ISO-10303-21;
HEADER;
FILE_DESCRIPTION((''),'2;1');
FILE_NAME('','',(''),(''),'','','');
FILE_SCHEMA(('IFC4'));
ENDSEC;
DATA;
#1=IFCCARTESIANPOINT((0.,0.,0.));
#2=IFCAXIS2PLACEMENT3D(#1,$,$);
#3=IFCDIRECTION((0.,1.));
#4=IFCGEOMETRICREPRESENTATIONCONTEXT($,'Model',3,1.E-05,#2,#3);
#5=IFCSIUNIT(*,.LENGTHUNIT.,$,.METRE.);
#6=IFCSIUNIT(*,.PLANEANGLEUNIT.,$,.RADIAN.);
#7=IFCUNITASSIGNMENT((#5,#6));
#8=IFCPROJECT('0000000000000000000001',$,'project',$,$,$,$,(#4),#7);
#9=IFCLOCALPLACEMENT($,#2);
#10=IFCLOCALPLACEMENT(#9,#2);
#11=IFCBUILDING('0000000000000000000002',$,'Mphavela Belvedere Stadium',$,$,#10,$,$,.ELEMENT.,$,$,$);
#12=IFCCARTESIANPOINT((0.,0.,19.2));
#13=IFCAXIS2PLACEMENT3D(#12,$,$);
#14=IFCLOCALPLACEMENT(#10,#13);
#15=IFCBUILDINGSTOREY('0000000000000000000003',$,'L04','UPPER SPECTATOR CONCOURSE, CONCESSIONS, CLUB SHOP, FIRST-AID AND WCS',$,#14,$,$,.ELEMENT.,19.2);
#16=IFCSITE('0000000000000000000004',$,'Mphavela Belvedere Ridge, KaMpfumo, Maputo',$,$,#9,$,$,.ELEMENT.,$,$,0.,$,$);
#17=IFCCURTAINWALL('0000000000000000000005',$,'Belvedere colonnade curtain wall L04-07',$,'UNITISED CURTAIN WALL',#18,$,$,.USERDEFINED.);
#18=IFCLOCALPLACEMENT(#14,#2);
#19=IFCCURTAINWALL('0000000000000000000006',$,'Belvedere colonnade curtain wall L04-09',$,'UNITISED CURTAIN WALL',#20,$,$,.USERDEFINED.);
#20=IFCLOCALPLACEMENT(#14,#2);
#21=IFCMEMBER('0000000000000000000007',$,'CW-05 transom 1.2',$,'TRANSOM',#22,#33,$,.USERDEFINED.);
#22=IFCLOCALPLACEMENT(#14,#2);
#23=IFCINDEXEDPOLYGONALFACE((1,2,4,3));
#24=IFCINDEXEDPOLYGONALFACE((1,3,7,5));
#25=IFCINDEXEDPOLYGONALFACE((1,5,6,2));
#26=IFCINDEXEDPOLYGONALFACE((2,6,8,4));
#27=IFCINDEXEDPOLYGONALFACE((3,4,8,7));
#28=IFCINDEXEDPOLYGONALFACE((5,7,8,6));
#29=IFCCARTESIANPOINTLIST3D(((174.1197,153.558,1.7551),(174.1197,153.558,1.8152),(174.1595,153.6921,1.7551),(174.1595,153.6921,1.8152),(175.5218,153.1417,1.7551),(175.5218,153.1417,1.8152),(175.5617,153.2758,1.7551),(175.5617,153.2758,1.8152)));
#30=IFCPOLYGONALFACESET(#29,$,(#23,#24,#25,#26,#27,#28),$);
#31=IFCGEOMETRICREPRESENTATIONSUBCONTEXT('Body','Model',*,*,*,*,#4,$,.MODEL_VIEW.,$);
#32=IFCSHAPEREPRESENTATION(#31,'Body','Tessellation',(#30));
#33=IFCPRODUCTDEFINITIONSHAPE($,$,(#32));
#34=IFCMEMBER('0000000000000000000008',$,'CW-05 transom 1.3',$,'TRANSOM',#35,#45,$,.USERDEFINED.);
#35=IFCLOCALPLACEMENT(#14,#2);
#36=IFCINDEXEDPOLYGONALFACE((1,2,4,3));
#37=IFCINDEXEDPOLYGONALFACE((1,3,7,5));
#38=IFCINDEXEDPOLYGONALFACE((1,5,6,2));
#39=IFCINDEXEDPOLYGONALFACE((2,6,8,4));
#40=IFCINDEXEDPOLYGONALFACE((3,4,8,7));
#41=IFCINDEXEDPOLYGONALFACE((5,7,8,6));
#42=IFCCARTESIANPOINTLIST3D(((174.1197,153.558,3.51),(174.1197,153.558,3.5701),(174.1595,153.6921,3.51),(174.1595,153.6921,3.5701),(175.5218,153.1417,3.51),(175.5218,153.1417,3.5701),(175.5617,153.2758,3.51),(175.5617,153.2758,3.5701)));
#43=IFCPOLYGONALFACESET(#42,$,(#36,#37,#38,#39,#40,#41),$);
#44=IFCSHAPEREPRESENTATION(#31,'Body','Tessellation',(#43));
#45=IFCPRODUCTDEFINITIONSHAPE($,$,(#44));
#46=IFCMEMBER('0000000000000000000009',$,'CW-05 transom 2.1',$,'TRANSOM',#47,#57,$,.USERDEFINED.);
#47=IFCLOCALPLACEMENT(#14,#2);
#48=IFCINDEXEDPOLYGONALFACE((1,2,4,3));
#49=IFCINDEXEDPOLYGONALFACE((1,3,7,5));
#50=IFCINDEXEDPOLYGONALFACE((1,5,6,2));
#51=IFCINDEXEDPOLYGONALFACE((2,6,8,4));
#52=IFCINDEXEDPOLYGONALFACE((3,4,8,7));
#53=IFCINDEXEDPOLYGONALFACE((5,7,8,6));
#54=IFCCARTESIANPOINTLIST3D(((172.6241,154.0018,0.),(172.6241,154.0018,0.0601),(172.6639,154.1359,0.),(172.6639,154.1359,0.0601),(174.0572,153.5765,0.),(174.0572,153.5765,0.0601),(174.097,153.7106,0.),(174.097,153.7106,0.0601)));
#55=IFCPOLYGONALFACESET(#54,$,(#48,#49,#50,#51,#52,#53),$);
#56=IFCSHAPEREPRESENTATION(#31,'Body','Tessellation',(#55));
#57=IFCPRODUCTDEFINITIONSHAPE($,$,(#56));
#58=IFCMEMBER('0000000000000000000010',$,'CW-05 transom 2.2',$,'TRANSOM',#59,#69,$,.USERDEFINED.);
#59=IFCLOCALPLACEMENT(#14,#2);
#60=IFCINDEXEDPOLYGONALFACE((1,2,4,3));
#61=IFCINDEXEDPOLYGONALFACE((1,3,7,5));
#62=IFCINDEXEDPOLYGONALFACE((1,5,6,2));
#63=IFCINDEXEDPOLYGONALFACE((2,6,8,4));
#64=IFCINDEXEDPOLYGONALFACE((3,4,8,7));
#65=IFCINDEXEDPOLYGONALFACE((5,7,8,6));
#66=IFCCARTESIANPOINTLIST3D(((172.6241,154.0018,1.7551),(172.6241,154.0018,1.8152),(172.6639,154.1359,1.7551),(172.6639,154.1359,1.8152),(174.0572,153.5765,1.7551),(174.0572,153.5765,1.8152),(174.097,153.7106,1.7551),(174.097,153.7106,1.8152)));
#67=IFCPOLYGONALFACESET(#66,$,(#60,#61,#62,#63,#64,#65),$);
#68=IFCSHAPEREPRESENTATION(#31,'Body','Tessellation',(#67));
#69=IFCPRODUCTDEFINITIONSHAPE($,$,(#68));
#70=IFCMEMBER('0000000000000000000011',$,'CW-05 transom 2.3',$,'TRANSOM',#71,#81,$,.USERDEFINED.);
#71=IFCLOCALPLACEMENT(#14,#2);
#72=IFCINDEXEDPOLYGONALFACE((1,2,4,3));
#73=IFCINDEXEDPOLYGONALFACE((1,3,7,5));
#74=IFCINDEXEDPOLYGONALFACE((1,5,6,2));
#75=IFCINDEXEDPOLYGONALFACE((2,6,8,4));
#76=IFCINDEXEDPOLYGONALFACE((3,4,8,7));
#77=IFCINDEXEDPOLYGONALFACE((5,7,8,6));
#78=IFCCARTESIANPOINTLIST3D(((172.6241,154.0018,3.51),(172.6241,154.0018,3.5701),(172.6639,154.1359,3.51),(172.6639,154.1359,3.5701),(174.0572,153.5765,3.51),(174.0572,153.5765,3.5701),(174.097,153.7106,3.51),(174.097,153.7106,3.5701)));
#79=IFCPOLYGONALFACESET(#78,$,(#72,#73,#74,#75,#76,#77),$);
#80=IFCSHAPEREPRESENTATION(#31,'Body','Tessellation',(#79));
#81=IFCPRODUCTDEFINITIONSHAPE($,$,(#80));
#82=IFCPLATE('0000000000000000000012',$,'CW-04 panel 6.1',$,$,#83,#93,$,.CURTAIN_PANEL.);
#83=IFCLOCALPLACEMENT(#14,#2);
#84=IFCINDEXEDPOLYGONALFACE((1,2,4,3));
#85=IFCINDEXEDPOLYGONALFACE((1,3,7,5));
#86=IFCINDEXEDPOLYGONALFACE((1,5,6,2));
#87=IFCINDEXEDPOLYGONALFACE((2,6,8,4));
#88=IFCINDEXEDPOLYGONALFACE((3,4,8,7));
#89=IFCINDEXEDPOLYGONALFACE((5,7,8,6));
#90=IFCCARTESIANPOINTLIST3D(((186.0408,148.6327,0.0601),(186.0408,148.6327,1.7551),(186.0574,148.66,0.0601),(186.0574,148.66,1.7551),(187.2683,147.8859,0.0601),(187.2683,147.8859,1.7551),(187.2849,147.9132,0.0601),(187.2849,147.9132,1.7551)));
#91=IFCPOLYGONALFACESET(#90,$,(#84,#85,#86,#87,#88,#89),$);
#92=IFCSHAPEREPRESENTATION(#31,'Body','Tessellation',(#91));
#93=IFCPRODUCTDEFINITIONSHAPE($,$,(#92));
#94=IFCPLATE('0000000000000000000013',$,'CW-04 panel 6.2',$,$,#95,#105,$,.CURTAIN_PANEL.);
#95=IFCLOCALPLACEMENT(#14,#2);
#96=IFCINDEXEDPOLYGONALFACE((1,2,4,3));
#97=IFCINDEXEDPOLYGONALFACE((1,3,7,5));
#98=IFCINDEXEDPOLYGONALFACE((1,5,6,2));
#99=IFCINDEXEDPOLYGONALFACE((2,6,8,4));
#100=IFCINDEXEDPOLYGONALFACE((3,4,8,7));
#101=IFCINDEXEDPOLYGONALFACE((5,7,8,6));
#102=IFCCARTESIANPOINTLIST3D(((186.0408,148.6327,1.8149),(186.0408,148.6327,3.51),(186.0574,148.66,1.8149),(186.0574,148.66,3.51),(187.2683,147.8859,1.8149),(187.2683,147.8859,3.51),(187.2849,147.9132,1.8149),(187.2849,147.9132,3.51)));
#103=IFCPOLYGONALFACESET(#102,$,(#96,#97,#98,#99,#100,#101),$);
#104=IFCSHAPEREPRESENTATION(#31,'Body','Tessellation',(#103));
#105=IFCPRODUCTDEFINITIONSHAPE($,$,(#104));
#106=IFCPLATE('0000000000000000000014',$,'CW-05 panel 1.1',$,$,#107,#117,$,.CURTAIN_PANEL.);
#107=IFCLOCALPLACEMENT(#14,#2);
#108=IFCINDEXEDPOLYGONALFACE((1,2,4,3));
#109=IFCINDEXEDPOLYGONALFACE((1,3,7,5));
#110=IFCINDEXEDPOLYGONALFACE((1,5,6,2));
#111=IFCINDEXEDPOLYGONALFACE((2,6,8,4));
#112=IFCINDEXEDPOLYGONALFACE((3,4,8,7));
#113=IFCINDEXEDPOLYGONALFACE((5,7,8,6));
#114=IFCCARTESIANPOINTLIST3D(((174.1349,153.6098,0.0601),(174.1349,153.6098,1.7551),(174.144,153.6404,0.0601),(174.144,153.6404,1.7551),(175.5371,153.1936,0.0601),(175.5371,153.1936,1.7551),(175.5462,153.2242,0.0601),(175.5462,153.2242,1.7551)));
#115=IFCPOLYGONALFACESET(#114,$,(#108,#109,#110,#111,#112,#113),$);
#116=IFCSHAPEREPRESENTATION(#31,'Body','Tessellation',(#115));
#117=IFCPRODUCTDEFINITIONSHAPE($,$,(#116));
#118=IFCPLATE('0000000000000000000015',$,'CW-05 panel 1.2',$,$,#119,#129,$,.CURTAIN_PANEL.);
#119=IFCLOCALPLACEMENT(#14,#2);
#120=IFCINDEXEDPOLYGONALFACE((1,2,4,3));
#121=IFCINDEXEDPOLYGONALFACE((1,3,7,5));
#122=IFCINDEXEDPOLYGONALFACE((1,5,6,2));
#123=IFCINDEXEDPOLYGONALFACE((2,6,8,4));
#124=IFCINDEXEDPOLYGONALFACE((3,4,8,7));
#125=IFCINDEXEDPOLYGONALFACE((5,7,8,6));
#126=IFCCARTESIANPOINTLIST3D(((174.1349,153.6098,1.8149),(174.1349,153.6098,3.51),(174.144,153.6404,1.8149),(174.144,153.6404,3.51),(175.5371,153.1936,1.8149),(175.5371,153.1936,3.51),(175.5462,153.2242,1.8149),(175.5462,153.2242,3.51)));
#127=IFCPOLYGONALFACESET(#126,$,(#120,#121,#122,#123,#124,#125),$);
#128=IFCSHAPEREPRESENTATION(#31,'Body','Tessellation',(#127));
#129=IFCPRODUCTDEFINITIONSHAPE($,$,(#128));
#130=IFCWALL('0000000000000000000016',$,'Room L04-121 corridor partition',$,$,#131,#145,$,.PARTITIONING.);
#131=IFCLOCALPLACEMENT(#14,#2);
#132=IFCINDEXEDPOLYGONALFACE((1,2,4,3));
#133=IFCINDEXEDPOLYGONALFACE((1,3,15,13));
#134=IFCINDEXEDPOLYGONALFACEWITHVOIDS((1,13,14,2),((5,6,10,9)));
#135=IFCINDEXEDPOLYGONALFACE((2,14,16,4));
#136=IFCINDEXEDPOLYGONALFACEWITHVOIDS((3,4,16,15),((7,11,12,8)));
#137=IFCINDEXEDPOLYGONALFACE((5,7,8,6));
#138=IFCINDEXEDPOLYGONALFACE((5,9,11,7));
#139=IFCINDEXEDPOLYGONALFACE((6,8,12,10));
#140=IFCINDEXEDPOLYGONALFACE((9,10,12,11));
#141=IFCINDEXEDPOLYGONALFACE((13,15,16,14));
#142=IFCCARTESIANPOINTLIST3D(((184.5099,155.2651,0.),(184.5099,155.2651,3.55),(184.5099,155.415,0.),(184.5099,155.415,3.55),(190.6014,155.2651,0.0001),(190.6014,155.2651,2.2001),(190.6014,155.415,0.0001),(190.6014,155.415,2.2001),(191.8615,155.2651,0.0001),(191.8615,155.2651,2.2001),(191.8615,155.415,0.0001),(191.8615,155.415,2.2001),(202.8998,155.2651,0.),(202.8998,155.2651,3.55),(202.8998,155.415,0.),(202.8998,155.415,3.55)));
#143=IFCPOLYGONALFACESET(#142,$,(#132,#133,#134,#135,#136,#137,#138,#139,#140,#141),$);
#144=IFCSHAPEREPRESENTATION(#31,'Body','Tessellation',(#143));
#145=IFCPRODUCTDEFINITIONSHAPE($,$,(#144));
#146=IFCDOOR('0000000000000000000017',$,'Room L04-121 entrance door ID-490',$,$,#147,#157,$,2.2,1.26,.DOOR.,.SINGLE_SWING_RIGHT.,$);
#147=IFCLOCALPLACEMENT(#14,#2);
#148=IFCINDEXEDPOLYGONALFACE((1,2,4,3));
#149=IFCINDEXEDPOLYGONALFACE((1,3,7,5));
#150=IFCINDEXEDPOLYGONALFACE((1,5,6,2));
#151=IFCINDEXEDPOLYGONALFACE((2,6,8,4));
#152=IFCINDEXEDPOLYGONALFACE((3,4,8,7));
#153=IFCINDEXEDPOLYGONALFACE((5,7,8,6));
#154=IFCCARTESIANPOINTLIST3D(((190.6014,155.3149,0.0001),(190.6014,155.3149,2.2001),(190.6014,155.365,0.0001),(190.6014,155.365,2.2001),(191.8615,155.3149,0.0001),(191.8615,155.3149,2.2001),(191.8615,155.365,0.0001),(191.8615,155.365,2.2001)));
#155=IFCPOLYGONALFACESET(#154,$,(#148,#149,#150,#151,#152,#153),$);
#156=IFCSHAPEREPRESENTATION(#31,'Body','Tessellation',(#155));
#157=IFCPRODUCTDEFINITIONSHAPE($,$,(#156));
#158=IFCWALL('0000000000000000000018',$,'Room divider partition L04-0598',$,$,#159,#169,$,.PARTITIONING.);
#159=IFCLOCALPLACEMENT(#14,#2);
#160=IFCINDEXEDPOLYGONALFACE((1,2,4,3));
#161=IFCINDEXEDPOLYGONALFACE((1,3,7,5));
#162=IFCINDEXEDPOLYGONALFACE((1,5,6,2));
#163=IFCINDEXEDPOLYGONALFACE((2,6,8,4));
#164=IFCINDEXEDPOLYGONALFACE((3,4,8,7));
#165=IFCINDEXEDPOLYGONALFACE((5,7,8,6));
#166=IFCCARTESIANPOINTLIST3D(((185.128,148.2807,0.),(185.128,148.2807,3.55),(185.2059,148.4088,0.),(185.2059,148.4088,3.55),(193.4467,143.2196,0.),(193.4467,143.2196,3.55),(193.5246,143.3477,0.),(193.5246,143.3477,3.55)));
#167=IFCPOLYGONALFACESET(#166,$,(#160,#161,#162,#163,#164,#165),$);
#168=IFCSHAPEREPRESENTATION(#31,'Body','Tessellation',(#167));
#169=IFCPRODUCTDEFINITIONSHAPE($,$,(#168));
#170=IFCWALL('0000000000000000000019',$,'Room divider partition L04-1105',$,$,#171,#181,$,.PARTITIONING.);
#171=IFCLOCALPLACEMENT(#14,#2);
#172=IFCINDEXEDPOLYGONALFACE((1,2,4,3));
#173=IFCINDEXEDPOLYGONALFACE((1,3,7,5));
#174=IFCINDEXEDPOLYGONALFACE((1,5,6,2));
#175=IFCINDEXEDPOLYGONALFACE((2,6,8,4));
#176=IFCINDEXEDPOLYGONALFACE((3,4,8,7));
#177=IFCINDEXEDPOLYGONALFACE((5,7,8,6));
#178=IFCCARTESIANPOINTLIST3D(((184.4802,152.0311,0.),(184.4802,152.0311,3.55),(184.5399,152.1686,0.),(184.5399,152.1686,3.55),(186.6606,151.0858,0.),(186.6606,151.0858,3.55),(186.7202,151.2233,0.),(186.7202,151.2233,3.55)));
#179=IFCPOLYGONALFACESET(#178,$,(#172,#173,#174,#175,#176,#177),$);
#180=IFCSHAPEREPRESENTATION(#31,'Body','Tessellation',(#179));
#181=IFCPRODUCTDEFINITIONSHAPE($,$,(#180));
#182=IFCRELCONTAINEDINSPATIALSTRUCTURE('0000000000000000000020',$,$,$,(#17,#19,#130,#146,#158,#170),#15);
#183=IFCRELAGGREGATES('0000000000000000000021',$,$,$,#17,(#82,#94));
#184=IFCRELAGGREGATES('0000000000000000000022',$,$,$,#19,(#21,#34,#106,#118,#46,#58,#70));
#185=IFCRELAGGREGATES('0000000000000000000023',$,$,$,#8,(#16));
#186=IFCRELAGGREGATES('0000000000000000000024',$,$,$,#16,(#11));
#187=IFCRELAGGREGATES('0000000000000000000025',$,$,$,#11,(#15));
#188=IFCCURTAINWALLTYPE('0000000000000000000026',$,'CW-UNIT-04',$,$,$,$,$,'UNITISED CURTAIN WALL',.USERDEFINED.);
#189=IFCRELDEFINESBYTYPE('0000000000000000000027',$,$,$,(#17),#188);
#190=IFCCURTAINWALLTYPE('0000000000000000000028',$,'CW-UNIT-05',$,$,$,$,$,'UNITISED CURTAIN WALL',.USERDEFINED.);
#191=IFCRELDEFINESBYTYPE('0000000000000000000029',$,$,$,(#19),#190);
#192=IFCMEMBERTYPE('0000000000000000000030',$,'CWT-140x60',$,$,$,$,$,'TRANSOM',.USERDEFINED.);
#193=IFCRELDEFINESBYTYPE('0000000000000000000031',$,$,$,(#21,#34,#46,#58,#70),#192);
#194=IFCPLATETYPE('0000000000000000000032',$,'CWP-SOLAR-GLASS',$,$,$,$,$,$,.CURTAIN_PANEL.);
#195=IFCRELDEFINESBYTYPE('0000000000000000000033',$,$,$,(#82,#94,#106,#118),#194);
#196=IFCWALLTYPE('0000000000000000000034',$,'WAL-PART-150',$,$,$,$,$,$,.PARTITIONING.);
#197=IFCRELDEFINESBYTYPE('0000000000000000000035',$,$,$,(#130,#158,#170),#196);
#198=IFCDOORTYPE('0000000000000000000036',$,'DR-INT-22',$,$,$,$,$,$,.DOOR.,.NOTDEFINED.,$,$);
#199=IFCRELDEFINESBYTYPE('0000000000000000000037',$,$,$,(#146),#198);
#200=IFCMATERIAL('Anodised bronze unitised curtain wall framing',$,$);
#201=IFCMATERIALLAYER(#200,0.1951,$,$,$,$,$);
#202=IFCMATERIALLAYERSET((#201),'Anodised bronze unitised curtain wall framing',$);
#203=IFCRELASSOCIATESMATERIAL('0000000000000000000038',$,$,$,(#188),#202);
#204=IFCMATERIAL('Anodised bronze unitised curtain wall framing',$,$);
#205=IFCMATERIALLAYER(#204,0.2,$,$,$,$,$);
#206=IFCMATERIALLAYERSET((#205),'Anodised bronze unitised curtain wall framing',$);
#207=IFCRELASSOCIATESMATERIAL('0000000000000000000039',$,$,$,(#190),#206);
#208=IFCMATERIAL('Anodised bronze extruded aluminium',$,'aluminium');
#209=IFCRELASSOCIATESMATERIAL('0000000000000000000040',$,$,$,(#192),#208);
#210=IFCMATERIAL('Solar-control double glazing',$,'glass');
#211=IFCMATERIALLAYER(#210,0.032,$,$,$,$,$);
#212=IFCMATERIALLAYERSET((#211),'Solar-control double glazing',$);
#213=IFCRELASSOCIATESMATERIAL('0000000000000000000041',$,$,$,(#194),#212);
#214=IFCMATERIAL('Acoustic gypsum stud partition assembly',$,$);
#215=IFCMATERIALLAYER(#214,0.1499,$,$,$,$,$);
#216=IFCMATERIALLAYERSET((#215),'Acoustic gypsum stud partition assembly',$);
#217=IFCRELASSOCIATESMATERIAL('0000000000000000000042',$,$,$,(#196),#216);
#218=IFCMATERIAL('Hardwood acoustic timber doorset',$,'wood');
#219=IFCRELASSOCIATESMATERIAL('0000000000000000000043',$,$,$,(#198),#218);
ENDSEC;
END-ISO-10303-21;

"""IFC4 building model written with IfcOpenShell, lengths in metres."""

from ifc_helpers import new_model, si_unit, direction, frame, frame_2d, origin, origin_2d, place, context, subcontext, project, spatial, rectangle, extrude, material, layer, layer_set, material_profile, profile_set, type_object, element, fill, aggregate, save


model = new_model("IFC4")

# Units and contexts
model_context = context("Model", 3, precision=1e-05, world=origin(), true_north=direction((0.0, 1.0)))
body_context = subcontext(model_context, "Body", "Model", "MODEL_VIEW")
ifc_project = project(units=[si_unit("LENGTHUNIT", "METRE"), si_unit("PLANEANGLEUNIT", "RADIAN")], contexts=[model_context])

# Site, building, storey
site_placement = place(None, origin())
site = spatial("IfcSite", under=ifc_project, at=site_placement, Name="Mphavela Belvedere Ridge, KaMpfumo, Maputo", CompositionType="ELEMENT", RefElevation=0.0)
building_placement = place(site_placement, origin())
building = spatial("IfcBuilding", under=site, at=building_placement, Name="Mphavela Belvedere Stadium", CompositionType="ELEMENT")
storey_placement = place(building_placement, frame((0.0, 0.0, 19.2)))
storey = spatial("IfcBuildingStorey", under=building, at=storey_placement, Name="L04", Description="UPPER SPECTATOR CONCOURSE, CONCESSIONS, CLUB SHOP, FIRST-AID AND WCS", CompositionType="ELEMENT", Elevation=19.2)

# Curtain walls
ifc_material_1 = material(Name="Anodised bronze unitised curtain wall framing")
ifc_layer_1 = layer(ifc_material_1, 0.1951)
ifc_layer_set_1 = layer_set([ifc_layer_1], Name="Anodised bronze unitised curtain wall framing")
curtain_wall_type_1 = type_object("IfcCurtainWallType", Name="CW-UNIT-04", ElementType="UNITISED CURTAIN WALL", PredefinedType="USERDEFINED", material=ifc_layer_set_1)
curtain_wall_1_placement = place(storey_placement, origin())
curtain_wall_1 = element("IfcCurtainWall", 1, at=curtain_wall_1_placement, inside=storey, type_object=curtain_wall_type_1, Name="Belvedere colonnade curtain wall L04-07", ObjectType="UNITISED CURTAIN WALL", PredefinedType="USERDEFINED")
ifc_material_2 = material(Name="Anodised bronze unitised curtain wall framing")
ifc_layer_2 = layer(ifc_material_2, 0.2)
ifc_layer_set_2 = layer_set([ifc_layer_2], Name="Anodised bronze unitised curtain wall framing")
curtain_wall_type_2 = type_object("IfcCurtainWallType", Name="CW-UNIT-05", ElementType="UNITISED CURTAIN WALL", PredefinedType="USERDEFINED", material=ifc_layer_set_2)
curtain_wall_2_placement = place(storey_placement, origin())
curtain_wall_2 = element("IfcCurtainWall", 2, at=curtain_wall_2_placement, inside=storey, type_object=curtain_wall_type_2, Name="Belvedere colonnade curtain wall L04-09", ObjectType="UNITISED CURTAIN WALL", PredefinedType="USERDEFINED")

# Members
ifc_material_3 = material(Name="Anodised bronze extruded aluminium", Category="aluminium")
ifc_material_profile_1 = material_profile(ifc_material_3, rectangle(XDim=0.1399, YDim=0.0601, at=origin_2d()), Name="CW-TRN 140x60")
ifc_profile_set_1 = profile_set([ifc_material_profile_1], Name="Anodised bronze extruded aluminium")
member_type_1 = type_object("IfcMemberType", Name="CWT-140x60", ElementType="TRANSOM", PredefinedType="USERDEFINED", material=ifc_profile_set_1)
member_1_placement = place(storey_placement, frame((175.5417, 153.2087, 1.7852), z_axis=(-0.958645, 0.284605, 0.0), x_axis=(-0.284605, -0.958645, 0.0)))
member_1 = element("IfcMember", 3, at=member_1_placement, type_object=member_type_1, Name="CW-05 transom 1.2", ObjectType="TRANSOM", PredefinedType="USERDEFINED", context=body_context, shape_type="SweptSolid", body=[
    extrude(rectangle(XDim=0.1399, YDim=0.0601, at=origin_2d()), origin(), (0.0, 0.0, 1.0), 1.4626),
])
member_2_placement = place(storey_placement, frame((175.5417, 153.2087, 3.54), z_axis=(-0.958645, 0.284605, 0.0), x_axis=(-0.284605, -0.958645, 0.0)))
member_2 = element("IfcMember", 4, at=member_2_placement, type_object=member_type_1, Name="CW-05 transom 1.3", ObjectType="TRANSOM", PredefinedType="USERDEFINED", context=body_context, shape_type="SweptSolid", body=[
    extrude(rectangle(XDim=0.1399, YDim=0.0601, at=origin_2d()), origin(), (0.0, 0.0, 1.0), 1.4626),
])
member_3_placement = place(storey_placement, frame((174.0771, 153.6436, 0.03), z_axis=(-0.958676, 0.2845, 0.0), x_axis=(-0.2845, -0.958676, 0.0)))
member_3 = element("IfcMember", 5, at=member_3_placement, type_object=member_type_1, Name="CW-05 transom 2.1", ObjectType="TRANSOM", PredefinedType="USERDEFINED", context=body_context, shape_type="SweptSolid", body=[
    extrude(rectangle(XDim=0.1399, YDim=0.0601, at=origin_2d()), origin(), (0.0, 0.0, 1.0), 1.4949),
])
member_4_placement = place(storey_placement, frame((174.0771, 153.6436, 1.7852), z_axis=(-0.958676, 0.2845, 0.0), x_axis=(-0.2845, -0.958676, 0.0)))
member_4 = element("IfcMember", 6, at=member_4_placement, type_object=member_type_1, Name="CW-05 transom 2.2", ObjectType="TRANSOM", PredefinedType="USERDEFINED", context=body_context, shape_type="SweptSolid", body=[
    extrude(rectangle(XDim=0.1399, YDim=0.0601, at=origin_2d()), origin(), (0.0, 0.0, 1.0), 1.4949),
])
member_5_placement = place(storey_placement, frame((174.0771, 153.6436, 3.54), z_axis=(-0.958676, 0.2845, 0.0), x_axis=(-0.2845, -0.958676, 0.0)))
member_5 = element("IfcMember", 7, at=member_5_placement, type_object=member_type_1, Name="CW-05 transom 2.3", ObjectType="TRANSOM", PredefinedType="USERDEFINED", context=body_context, shape_type="SweptSolid", body=[
    extrude(rectangle(XDim=0.1399, YDim=0.0601, at=origin_2d()), origin(), (0.0, 0.0, 1.0), 1.4949),
])

# Plates
ifc_material_4 = material(Name="Solar-control double glazing", Category="glass")
ifc_layer_3 = layer(ifc_material_4, 0.032)
ifc_layer_set_3 = layer_set([ifc_layer_3], Name="Solar-control double glazing")
plate_type = type_object("IfcPlateType", Name="CWP-SOLAR-GLASS", PredefinedType="CURTAIN_PANEL", material=ifc_layer_set_3)
plate_1_placement = place(storey_placement, frame((186.6628, 148.2729, 0.0601), z_axis=(0.0, 0.0, 1.0), x_axis=(-0.854327, 0.519735, 0.0)))
plate_1 = element("IfcPlate", 8, at=plate_1_placement, type_object=plate_type, Name="CW-04 panel 6.1", PredefinedType="CURTAIN_PANEL", context=body_context, shape_type="SweptSolid", body=[
    extrude(rectangle(XDim=1.4368, YDim=0.032, at=origin_2d()), origin(), (0.0, 0.0, 1.0), 1.6951),
])
plate_2_placement = place(storey_placement, frame((186.6628, 148.2729, 1.8149), z_axis=(0.0, 0.0, 1.0), x_axis=(-0.854327, 0.519735, 0.0)))
plate_2 = element("IfcPlate", 9, at=plate_2_placement, type_object=plate_type, Name="CW-04 panel 6.2", PredefinedType="CURTAIN_PANEL", context=body_context, shape_type="SweptSolid", body=[
    extrude(rectangle(XDim=1.4368, YDim=0.032, at=origin_2d()), origin(), (0.0, 0.0, 1.0), 1.6951),
])
aggregate(curtain_wall_1, [plate_1, plate_2])
plate_3_placement = place(storey_placement, frame((174.8406, 153.417, 0.0601), z_axis=(0.0, 0.0, 1.0), x_axis=(-0.958658, 0.284561, 0.0)))
plate_3 = element("IfcPlate", 10, at=plate_3_placement, type_object=plate_type, Name="CW-05 panel 1.1", PredefinedType="CURTAIN_PANEL", context=body_context, shape_type="SweptSolid", body=[
    extrude(rectangle(XDim=1.4626, YDim=0.032, at=origin_2d()), origin(), (0.0, 0.0, 1.0), 1.6951),
])
plate_4_placement = place(storey_placement, frame((174.8406, 153.417, 1.8149), z_axis=(0.0, 0.0, 1.0), x_axis=(-0.958658, 0.284561, 0.0)))
plate_4 = element("IfcPlate", 11, at=plate_4_placement, type_object=plate_type, Name="CW-05 panel 1.2", PredefinedType="CURTAIN_PANEL", context=body_context, shape_type="SweptSolid", body=[
    extrude(rectangle(XDim=1.4626, YDim=0.032, at=origin_2d()), origin(), (0.0, 0.0, 1.0), 1.6951),
])
aggregate(curtain_wall_2, [member_1, member_2, plate_3, plate_4, member_3, member_4, member_5])

# Wall, opening, door
ifc_material_5 = material(Name="Acoustic gypsum stud partition assembly")
ifc_layer_4 = layer(ifc_material_5, 0.1499)
ifc_layer_set_4 = layer_set([ifc_layer_4], Name="Acoustic gypsum stud partition assembly")
wall_type_1 = type_object("IfcWallType", Name="WAL-PART-150", PredefinedType="PARTITIONING", material=ifc_layer_set_4)
wall_1_placement = place(storey_placement, frame((184.51, 155.3401, 0.0), z_axis=(0.0, 0.0, 1.0), x_axis=(1.0, 0.0, 0.0)))
wall_1 = element("IfcWall", 12, at=wall_1_placement, inside=storey, type_object=wall_type_1, Name="Room L04-121 corridor partition", PredefinedType="PARTITIONING", context=body_context, shape_type="SweptSolid", body=[
    extrude(rectangle(XDim=18.3899, YDim=0.1499, at=frame_2d((9.1948, 0.0))), origin(), (0.0, 0.0, 1.0), 3.55),
])
opening_1_placement = place(wall_1_placement, frame((6.0916, 0.0, 0.0)))
opening_1 = element("IfcOpeningElement", 13, at=opening_1_placement, cuts=wall_1, PredefinedType="OPENING", context=body_context, shape_type="SweptSolid", body=[
    extrude(rectangle(XDim=1.26, YDim=2.2, at=frame_2d((0.6299, 1.1001))), frame((0.0, 0.085, 0.0), z_axis=(0.0, -1.0, 0.0), x_axis=(1.0, 0.0, 0.0)), (0.0, 0.0, 1.0), 0.1699),
])
ifc_material_6 = material(Name="Hardwood acoustic timber doorset", Category="wood")
door_type_1 = type_object("IfcDoorType", Name="DR-INT-22", OperationType="NOTDEFINED", PredefinedType="DOOR", material=ifc_material_6)
door_1_placement = place(opening_1_placement, origin())
door_1 = element("IfcDoor", 14, at=door_1_placement, inside=storey, type_object=door_type_1, Name="Room L04-121 entrance door ID-490", OperationType="SINGLE_SWING_RIGHT", OverallHeight=2.2, OverallWidth=1.26, PredefinedType="DOOR", context=body_context, shape_type="SweptSolid", body=[
    extrude(rectangle(XDim=1.26, YDim=2.2, at=frame_2d((0.6299, 1.1001))), frame((0.0, 0.0249, 0.0), z_axis=(0.0, -1.0, 0.0), x_axis=(1.0, 0.0, 0.0)), (0.0, 0.0, 1.0), 0.05),
])
fill(opening_1, door_1)

# Walls
wall_2_placement = place(storey_placement, frame((185.167, 148.3447, 0.0), z_axis=(0.0, 0.0, 1.0), x_axis=(0.854311, -0.519762, 0.0)))
element("IfcWall", 15, at=wall_2_placement, inside=storey, type_object=wall_type_1, Name="Room divider partition L04-0598", PredefinedType="PARTITIONING", context=body_context, shape_type="SweptSolid", body=[
    extrude(rectangle(XDim=9.7373, YDim=0.1499, at=frame_2d((4.8687, 0.0))), origin(), (0.0, 0.0, 1.0), 3.55),
])
wall_3_placement = place(storey_placement, frame((186.6904, 151.1545, 0.0), z_axis=(0.0, 0.0, 1.0), x_axis=(-0.917484, 0.397772, 0.0)))
element("IfcWall", 16, at=wall_3_placement, inside=storey, type_object=wall_type_1, Name="Room divider partition L04-1105", PredefinedType="PARTITIONING", context=body_context, shape_type="SweptSolid", body=[
    extrude(rectangle(XDim=2.3765, YDim=0.1499, at=frame_2d((1.1882, 0.0))), origin(), (0.0, 0.0, 1.0), 3.55),
])

save(model, "model.ifc")
